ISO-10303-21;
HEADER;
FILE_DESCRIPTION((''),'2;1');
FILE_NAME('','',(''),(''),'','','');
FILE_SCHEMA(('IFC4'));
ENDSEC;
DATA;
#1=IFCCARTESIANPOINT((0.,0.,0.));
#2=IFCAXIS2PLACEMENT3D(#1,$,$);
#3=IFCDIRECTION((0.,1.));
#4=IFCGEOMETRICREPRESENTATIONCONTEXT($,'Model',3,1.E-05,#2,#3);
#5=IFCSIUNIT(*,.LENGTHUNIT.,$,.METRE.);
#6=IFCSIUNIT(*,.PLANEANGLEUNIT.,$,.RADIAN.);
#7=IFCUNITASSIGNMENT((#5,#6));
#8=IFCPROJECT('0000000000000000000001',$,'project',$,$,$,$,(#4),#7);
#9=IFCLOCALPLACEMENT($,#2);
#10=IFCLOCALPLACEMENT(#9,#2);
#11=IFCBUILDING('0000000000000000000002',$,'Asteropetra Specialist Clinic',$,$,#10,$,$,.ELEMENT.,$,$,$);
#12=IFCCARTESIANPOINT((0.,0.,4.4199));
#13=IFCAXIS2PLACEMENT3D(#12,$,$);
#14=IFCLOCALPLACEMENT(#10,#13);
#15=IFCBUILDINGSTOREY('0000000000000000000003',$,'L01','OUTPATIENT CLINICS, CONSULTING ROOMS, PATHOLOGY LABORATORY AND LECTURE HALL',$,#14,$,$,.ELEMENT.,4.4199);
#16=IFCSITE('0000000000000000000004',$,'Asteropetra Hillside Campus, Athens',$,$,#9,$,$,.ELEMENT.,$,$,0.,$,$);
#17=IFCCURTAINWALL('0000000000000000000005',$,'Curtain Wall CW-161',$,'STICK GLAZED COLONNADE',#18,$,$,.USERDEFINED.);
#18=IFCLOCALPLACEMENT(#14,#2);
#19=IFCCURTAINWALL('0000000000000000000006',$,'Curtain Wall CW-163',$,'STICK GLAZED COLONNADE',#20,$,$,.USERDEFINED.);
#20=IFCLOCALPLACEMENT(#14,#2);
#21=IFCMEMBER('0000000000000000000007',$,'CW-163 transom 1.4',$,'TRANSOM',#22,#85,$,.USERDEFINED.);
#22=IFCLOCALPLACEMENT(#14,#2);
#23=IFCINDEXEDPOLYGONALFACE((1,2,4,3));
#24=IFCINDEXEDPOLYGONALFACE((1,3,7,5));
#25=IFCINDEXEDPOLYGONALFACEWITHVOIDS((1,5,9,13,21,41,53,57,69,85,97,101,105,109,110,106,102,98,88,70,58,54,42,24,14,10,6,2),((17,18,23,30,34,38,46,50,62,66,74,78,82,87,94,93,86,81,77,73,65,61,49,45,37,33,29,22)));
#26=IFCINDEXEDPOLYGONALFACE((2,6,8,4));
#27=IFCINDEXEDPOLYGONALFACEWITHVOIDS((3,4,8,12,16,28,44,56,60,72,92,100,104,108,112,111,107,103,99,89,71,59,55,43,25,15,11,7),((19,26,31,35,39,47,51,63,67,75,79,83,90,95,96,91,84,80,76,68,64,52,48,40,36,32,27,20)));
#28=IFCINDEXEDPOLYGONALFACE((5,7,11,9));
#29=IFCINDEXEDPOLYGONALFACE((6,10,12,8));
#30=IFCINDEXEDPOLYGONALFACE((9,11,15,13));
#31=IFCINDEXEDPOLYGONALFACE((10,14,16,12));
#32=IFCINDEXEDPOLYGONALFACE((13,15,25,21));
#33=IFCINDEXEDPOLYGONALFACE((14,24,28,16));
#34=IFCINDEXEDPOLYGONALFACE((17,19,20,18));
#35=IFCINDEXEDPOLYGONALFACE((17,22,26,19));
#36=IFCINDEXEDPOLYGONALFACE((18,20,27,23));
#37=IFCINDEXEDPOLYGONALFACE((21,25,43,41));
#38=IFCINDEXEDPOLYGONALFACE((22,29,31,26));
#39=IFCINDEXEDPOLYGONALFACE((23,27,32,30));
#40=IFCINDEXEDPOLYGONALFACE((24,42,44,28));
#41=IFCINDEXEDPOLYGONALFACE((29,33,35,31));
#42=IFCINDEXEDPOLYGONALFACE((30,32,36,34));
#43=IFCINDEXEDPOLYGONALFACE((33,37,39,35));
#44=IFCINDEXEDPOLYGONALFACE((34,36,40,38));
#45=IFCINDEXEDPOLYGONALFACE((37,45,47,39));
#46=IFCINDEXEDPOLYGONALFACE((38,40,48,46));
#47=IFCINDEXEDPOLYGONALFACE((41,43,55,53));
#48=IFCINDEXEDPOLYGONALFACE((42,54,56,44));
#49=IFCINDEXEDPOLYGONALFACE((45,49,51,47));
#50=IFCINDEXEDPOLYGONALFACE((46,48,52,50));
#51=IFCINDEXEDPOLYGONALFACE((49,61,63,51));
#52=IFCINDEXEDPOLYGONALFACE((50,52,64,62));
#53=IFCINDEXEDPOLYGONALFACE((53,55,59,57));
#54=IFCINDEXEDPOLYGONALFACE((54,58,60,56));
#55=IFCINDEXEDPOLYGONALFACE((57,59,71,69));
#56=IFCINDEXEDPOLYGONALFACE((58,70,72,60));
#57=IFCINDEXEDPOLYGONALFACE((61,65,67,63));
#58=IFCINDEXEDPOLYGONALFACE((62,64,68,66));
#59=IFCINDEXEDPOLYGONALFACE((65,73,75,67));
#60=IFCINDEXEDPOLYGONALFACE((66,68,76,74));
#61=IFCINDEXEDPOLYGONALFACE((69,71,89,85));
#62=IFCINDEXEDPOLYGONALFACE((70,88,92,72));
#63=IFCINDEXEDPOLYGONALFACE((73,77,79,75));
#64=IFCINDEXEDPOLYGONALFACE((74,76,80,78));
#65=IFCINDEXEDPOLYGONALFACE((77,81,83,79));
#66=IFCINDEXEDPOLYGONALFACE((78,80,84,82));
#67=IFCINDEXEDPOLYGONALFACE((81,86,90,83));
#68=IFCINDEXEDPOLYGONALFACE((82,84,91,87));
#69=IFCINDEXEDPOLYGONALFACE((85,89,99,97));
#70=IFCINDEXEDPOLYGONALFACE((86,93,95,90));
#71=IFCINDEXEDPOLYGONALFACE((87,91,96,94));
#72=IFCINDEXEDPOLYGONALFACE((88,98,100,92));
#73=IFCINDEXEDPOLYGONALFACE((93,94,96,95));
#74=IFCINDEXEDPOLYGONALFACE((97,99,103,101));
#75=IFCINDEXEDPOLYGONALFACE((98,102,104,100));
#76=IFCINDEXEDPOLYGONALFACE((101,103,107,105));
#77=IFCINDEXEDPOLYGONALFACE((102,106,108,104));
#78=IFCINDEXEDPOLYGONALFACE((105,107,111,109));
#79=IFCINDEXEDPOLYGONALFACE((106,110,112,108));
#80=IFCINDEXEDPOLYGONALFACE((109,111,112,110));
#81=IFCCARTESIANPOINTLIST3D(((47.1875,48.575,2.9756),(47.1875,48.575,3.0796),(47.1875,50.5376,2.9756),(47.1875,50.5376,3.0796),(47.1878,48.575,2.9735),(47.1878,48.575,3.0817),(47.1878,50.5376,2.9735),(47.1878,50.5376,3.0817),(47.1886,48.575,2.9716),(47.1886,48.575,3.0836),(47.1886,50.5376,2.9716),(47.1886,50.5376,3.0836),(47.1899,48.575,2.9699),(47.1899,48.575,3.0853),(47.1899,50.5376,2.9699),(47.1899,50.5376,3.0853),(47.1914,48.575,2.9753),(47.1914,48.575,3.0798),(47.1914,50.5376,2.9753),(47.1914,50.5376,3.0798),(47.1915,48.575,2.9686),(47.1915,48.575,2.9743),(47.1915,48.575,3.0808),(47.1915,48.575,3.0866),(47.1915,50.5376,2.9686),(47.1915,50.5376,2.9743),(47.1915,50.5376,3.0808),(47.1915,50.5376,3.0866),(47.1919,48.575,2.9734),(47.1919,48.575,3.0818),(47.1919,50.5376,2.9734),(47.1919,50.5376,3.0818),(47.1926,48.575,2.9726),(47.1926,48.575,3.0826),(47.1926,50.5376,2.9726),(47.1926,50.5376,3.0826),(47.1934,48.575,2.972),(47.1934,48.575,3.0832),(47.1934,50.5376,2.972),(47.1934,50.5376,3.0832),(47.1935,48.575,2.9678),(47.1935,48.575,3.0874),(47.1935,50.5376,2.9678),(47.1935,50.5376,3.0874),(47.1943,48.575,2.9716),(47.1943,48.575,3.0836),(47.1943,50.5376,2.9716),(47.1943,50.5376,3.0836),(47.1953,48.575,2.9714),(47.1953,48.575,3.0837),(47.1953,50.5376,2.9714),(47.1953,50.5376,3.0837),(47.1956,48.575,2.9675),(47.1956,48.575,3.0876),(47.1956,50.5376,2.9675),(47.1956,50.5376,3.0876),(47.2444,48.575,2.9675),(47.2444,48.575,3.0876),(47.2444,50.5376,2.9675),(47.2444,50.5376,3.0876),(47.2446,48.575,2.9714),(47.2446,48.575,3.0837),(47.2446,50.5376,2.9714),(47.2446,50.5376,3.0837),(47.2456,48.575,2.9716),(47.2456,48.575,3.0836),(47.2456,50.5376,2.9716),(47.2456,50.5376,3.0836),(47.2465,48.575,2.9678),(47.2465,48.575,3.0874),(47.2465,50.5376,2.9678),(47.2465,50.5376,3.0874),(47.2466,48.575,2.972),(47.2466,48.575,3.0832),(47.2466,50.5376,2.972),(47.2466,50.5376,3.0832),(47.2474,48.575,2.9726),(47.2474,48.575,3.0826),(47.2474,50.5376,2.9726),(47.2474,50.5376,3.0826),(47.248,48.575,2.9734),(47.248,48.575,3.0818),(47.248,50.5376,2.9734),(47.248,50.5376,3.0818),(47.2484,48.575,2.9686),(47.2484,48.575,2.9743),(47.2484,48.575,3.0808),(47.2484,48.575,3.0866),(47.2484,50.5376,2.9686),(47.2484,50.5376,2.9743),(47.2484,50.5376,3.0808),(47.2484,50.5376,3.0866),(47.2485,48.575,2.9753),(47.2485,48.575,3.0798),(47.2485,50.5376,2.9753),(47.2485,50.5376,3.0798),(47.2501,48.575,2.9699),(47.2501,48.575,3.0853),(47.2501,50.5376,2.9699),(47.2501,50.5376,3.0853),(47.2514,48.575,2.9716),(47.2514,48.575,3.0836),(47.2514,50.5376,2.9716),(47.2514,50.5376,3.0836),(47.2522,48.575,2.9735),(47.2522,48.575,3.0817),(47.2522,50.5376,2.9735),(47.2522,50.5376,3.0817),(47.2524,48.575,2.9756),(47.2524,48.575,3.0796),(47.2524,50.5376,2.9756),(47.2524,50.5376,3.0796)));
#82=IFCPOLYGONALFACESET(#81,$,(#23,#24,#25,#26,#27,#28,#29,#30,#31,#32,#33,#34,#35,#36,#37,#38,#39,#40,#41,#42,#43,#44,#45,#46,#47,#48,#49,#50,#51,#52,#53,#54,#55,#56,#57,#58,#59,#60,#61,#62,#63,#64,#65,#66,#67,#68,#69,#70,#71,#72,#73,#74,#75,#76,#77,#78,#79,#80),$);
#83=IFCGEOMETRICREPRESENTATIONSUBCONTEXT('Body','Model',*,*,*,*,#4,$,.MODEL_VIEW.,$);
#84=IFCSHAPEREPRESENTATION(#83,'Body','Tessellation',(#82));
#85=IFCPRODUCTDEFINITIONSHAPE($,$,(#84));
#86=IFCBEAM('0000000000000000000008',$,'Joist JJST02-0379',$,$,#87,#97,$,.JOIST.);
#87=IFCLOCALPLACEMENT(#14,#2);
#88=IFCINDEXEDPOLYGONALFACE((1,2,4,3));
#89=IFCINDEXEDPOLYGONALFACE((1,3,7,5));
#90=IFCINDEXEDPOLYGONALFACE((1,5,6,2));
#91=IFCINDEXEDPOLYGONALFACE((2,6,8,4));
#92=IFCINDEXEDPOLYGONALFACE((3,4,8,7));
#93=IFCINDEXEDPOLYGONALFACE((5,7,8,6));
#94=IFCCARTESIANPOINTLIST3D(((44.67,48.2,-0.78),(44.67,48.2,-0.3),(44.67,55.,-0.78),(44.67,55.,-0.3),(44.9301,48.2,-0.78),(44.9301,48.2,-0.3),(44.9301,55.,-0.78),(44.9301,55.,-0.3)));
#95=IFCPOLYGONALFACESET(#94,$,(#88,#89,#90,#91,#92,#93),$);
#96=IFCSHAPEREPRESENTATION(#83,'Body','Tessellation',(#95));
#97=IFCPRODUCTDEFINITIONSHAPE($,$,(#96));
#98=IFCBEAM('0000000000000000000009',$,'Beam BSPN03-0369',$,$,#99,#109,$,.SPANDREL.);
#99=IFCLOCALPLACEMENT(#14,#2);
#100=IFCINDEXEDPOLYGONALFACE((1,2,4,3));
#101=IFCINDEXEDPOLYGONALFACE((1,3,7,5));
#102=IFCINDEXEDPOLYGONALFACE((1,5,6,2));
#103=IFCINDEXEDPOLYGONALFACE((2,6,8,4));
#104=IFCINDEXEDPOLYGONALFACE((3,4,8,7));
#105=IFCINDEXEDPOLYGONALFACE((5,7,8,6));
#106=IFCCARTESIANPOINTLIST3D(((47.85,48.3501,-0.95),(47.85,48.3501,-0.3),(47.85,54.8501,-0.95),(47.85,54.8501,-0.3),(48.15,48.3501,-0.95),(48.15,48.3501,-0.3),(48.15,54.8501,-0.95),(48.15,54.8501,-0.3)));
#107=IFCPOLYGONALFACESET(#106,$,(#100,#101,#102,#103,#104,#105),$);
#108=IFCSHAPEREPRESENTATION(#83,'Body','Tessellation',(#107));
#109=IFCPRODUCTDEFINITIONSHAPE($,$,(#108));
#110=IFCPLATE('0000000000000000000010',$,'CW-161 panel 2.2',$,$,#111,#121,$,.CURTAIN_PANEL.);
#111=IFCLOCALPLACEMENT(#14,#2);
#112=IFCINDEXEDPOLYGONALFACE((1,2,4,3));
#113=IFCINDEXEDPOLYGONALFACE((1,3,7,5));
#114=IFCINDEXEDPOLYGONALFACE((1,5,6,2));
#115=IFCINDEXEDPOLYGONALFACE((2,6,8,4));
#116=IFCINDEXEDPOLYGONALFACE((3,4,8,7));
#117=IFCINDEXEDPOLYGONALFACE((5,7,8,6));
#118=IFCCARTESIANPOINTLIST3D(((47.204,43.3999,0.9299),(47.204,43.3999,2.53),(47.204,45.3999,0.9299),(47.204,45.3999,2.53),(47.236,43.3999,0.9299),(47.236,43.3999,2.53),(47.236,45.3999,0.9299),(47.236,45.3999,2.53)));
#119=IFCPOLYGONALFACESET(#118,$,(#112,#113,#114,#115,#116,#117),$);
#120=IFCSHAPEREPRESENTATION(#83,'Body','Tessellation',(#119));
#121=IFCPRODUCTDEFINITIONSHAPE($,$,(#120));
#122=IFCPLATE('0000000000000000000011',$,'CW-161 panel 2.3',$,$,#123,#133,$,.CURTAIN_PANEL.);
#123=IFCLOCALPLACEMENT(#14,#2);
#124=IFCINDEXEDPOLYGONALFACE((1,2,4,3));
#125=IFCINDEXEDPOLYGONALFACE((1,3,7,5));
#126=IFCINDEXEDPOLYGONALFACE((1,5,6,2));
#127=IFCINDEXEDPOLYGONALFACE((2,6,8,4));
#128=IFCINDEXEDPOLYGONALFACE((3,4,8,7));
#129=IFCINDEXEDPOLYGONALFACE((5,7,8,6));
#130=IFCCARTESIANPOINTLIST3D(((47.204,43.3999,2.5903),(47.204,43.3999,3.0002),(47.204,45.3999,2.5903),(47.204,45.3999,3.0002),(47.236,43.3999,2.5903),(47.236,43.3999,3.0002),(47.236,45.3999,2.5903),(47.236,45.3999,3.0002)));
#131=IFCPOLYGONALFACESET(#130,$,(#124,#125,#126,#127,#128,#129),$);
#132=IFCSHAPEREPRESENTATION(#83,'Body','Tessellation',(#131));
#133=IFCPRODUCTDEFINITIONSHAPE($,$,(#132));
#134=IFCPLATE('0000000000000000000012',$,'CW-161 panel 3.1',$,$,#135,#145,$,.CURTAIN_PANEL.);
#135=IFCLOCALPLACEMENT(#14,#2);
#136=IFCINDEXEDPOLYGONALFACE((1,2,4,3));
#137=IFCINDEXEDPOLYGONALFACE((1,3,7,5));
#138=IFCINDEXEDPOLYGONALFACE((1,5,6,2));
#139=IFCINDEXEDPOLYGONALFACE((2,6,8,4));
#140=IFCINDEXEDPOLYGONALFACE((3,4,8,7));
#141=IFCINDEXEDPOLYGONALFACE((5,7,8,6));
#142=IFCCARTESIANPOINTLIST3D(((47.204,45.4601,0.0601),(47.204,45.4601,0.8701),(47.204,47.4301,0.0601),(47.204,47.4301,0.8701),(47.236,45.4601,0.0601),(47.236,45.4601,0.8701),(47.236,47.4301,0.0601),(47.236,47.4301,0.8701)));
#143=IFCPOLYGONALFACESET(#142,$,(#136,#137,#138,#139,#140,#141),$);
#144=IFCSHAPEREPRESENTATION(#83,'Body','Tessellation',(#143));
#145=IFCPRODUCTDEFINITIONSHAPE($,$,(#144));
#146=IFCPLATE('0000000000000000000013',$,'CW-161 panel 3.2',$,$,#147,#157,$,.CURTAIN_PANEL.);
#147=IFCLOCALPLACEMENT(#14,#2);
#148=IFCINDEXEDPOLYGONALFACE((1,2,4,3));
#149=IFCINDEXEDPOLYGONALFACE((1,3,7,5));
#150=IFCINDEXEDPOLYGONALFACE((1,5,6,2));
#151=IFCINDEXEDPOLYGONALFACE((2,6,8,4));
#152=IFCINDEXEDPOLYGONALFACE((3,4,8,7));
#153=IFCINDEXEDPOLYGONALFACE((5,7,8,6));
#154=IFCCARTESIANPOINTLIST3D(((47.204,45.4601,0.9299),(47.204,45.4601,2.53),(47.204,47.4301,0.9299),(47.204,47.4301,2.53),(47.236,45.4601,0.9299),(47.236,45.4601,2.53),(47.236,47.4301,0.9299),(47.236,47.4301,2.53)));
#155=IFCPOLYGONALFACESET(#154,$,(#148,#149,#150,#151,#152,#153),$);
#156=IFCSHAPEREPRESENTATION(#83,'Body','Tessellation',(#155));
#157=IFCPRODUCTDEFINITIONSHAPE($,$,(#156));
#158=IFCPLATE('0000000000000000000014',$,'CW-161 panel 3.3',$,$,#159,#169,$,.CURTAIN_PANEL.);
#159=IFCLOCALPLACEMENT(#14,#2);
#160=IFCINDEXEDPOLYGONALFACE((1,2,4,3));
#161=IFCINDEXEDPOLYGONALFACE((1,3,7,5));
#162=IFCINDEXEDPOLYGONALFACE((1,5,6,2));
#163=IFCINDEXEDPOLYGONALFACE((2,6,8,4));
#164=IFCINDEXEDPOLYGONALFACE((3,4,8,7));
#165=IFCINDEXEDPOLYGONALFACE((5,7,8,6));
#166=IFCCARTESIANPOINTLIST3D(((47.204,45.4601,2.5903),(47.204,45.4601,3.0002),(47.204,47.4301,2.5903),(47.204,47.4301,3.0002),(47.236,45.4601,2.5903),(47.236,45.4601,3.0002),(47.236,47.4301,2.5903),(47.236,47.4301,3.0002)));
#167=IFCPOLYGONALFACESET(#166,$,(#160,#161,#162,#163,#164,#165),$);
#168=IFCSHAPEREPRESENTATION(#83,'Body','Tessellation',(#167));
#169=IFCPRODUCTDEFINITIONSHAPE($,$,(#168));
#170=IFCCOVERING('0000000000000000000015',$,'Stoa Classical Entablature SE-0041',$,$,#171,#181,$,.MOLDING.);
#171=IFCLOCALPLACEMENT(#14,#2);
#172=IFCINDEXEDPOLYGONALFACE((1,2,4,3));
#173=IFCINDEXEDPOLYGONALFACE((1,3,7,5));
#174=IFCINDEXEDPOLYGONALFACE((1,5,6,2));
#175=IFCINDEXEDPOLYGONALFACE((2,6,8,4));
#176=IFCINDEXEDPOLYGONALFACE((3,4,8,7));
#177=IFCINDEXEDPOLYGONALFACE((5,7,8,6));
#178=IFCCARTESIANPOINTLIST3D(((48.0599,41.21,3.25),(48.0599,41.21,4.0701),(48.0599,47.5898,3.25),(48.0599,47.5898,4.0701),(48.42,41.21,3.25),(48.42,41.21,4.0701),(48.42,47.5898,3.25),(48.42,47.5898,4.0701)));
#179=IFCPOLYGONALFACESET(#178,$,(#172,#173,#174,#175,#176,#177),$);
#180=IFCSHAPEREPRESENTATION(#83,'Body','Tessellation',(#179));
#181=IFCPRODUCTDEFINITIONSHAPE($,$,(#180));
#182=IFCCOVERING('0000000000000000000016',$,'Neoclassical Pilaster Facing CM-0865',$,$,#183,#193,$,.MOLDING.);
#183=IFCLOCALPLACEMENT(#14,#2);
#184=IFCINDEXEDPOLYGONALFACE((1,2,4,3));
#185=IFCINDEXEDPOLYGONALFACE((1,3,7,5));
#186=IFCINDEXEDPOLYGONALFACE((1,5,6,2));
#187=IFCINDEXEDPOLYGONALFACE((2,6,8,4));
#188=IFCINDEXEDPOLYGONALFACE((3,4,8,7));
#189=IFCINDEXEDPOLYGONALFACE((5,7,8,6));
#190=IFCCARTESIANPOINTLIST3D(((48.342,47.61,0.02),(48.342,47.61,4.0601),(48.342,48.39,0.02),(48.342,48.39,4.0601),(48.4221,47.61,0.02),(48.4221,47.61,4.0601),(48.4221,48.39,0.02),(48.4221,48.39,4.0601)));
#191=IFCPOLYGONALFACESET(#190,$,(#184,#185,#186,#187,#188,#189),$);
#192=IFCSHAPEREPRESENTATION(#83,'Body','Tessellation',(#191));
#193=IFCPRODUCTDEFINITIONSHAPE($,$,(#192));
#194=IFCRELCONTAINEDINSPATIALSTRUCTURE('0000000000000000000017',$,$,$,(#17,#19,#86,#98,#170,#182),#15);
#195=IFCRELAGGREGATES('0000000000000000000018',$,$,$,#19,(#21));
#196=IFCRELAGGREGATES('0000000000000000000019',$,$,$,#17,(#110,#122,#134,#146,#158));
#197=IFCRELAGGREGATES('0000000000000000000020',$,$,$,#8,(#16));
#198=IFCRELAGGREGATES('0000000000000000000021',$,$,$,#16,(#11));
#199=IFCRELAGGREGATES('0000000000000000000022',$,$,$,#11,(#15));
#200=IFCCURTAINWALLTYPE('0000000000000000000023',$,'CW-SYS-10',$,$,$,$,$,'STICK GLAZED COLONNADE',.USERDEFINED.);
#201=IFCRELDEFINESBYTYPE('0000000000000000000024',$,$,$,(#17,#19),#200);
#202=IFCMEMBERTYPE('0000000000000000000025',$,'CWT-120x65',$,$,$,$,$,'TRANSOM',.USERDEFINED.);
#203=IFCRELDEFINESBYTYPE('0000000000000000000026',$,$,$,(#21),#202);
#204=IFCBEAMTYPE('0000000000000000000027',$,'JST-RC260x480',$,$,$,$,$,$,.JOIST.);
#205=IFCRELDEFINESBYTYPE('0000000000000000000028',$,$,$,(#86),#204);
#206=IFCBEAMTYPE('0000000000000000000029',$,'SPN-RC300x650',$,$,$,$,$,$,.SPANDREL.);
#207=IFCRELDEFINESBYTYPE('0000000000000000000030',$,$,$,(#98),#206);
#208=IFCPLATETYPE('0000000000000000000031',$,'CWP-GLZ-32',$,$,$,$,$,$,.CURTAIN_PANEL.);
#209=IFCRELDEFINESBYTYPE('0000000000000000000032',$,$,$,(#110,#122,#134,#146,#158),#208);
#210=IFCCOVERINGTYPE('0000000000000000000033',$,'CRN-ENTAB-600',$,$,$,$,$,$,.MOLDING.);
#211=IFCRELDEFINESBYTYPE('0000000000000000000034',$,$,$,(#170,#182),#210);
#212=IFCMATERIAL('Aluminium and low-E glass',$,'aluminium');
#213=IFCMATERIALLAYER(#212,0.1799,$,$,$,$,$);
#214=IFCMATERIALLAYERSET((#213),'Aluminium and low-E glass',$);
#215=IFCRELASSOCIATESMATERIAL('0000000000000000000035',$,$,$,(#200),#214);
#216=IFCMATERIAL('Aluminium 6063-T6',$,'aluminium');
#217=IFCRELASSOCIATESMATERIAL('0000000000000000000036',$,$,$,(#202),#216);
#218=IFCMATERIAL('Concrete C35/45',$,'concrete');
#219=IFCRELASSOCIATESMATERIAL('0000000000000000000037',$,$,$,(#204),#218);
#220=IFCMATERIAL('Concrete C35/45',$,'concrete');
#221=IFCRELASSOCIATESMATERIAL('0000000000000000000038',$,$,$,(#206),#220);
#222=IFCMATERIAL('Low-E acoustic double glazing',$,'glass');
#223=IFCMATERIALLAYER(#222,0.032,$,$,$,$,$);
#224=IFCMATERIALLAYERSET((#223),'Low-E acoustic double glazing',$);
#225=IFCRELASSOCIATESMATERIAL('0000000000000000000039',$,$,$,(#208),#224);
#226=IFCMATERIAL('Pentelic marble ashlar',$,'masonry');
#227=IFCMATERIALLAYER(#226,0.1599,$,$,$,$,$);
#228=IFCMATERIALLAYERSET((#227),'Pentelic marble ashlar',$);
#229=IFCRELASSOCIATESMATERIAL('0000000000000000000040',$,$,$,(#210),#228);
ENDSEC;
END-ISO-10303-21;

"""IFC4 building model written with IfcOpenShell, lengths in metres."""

from ifc_helpers import new_model, si_unit, direction, frame, origin, origin_2d, place, context, subcontext, project, spatial, rectangle, hollow_rectangle, extrude, material, layer, layer_set, material_profile, profile_set, type_object, element, aggregate, save


model = new_model("IFC4")

# Units and contexts
model_context = context("Model", 3, precision=1e-05, world=origin(), true_north=direction((0.0, 1.0)))
body_context = subcontext(model_context, "Body", "Model", "MODEL_VIEW")
ifc_project = project(units=[si_unit("LENGTHUNIT", "METRE"), si_unit("PLANEANGLEUNIT", "RADIAN")], contexts=[model_context])

# Site, building, storey
site_placement = place(None, origin())
site = spatial("IfcSite", under=ifc_project, at=site_placement, Name="Asteropetra Hillside Campus, Athens", CompositionType="ELEMENT", RefElevation=0.0)
building_placement = place(site_placement, origin())
building = spatial("IfcBuilding", under=site, at=building_placement, Name="Asteropetra Specialist Clinic", CompositionType="ELEMENT")
storey_placement = place(building_placement, frame((0.0, 0.0, 4.4199)))
storey = spatial("IfcBuildingStorey", under=building, at=storey_placement, Name="L01", Description="OUTPATIENT CLINICS, CONSULTING ROOMS, PATHOLOGY LABORATORY AND LECTURE HALL", CompositionType="ELEMENT", Elevation=4.4199)

# Curtain wall
ifc_material_1 = material(Name="Aluminium and low-E glass", Category="aluminium")
ifc_layer_1 = layer(ifc_material_1, 0.1799)
ifc_layer_set_1 = layer_set([ifc_layer_1], Name="Aluminium and low-E glass")
curtain_wall_type = type_object("IfcCurtainWallType", Name="CW-SYS-10", ElementType="STICK GLAZED COLONNADE", PredefinedType="USERDEFINED", material=ifc_layer_set_1)
curtain_wall_1_placement = place(storey_placement, origin())
curtain_wall_1 = element("IfcCurtainWall", 1, at=curtain_wall_1_placement, inside=storey, type_object=curtain_wall_type, Name="Curtain Wall CW-161", ObjectType="STICK GLAZED COLONNADE", PredefinedType="USERDEFINED")

# Curtain wall
curtain_wall_2_placement = place(storey_placement, origin())
curtain_wall_2 = element("IfcCurtainWall", 2, at=curtain_wall_2_placement, inside=storey, type_object=curtain_wall_type, Name="Curtain Wall CW-163", ObjectType="STICK GLAZED COLONNADE", PredefinedType="USERDEFINED")

# Member
ifc_material_2 = material(Name="Aluminium 6063-T6", Category="aluminium")
ifc_material_profile_1 = material_profile(ifc_material_2, hollow_rectangle(XDim=0.0649, YDim=0.1201, WallThickness=0.0039, InnerFilletRadius=0.0039, OuterFilletRadius=0.0081, at=origin_2d()), Name="TRN 120x65x4.0")
ifc_profile_set_1 = profile_set([ifc_material_profile_1], Name="Aluminium 6063-T6")
member_type_1 = type_object("IfcMemberType", Name="CWT-120x65", ElementType="TRANSOM", PredefinedType="USERDEFINED", material=ifc_profile_set_1)
member_1_placement = place(storey_placement, frame((47.22, 48.575, 3.0276), z_axis=(0.0, 1.0, 0.0), x_axis=(-1.0, 0.0, 0.0)))
member_1 = element("IfcMember", 3, at=member_1_placement, type_object=member_type_1, Name="CW-163 transom 1.4", ObjectType="TRANSOM", PredefinedType="USERDEFINED", context=body_context, shape_type="SweptSolid", body=[
    extrude(hollow_rectangle(XDim=0.0649, YDim=0.1201, WallThickness=0.0039, InnerFilletRadius=0.0039, OuterFilletRadius=0.0081, at=origin_2d()), origin(), (0.0, 0.0, 1.0), 1.9626),
])
aggregate(curtain_wall_2, [member_1])

# Beams
ifc_material_3 = material(Name="Concrete C35/45", Category="concrete")
ifc_material_profile_2 = material_profile(ifc_material_3, rectangle(XDim=0.26, YDim=0.48, at=origin_2d()), Name="RCJ 260x480")
ifc_profile_set_2 = profile_set([ifc_material_profile_2], Name="Concrete C35/45")
beam_type_1 = type_object("IfcBeamType", Name="JST-RC260x480", PredefinedType="JOIST", material=ifc_profile_set_2)
beam_1_placement = place(storey_placement, frame((44.8, 48.2, -0.54), z_axis=(0.0, 1.0, 0.0), x_axis=(-1.0, 0.0, 0.0)))
element("IfcBeam", 4, at=beam_1_placement, inside=storey, type_object=beam_type_1, Name="Joist JJST02-0379", PredefinedType="JOIST", context=body_context, shape_type="SweptSolid", body=[
    extrude(rectangle(XDim=0.26, YDim=0.48, at=origin_2d()), origin(), (0.0, 0.0, 1.0), 6.8),
])
ifc_material_4 = material(Name="Concrete C35/45", Category="concrete")
ifc_material_profile_3 = material_profile(ifc_material_4, rectangle(XDim=0.3, YDim=0.6499, at=origin_2d()), Name="RCS 300x650")
ifc_profile_set_3 = profile_set([ifc_material_profile_3], Name="Concrete C35/45")
beam_type_2 = type_object("IfcBeamType", Name="SPN-RC300x650", PredefinedType="SPANDREL", material=ifc_profile_set_3)
beam_2_placement = place(storey_placement, frame((48.0, 48.3501, -0.625), z_axis=(0.0, 1.0, 0.0), x_axis=(-1.0, 0.0, 0.0)))
element("IfcBeam", 5, at=beam_2_placement, inside=storey, type_object=beam_type_2, Name="Beam BSPN03-0369", PredefinedType="SPANDREL", context=body_context, shape_type="SweptSolid", body=[
    extrude(rectangle(XDim=0.3, YDim=0.6499, at=origin_2d()), origin(), (0.0, 0.0, 1.0), 6.5),
])

# Plates
ifc_material_5 = material(Name="Low-E acoustic double glazing", Category="glass")
ifc_layer_2 = layer(ifc_material_5, 0.032)
ifc_layer_set_2 = layer_set([ifc_layer_2], Name="Low-E acoustic double glazing")
plate_type = type_object("IfcPlateType", Name="CWP-GLZ-32", PredefinedType="CURTAIN_PANEL", material=ifc_layer_set_2)
plate_1_placement = place(storey_placement, frame((47.22, 44.3999, 0.9299), z_axis=(0.0, 0.0, 1.0), x_axis=(0.0, 1.0, 0.0)))
plate_1 = element("IfcPlate", 6, at=plate_1_placement, type_object=plate_type, Name="CW-161 panel 2.2", PredefinedType="CURTAIN_PANEL", context=body_context, shape_type="SweptSolid", body=[
    extrude(rectangle(XDim=2.0, YDim=0.032, at=origin_2d()), origin(), (0.0, 0.0, 1.0), 1.6001),
])
plate_2_placement = place(storey_placement, frame((47.22, 44.3999, 2.5903), z_axis=(0.0, 0.0, 1.0), x_axis=(0.0, 1.0, 0.0)))
plate_2 = element("IfcPlate", 7, at=plate_2_placement, type_object=plate_type, Name="CW-161 panel 2.3", PredefinedType="CURTAIN_PANEL", context=body_context, shape_type="SweptSolid", body=[
    extrude(rectangle(XDim=2.0, YDim=0.032, at=origin_2d()), origin(), (0.0, 0.0, 1.0), 0.4099),
])
plate_3_placement = place(storey_placement, frame((47.22, 46.4451, 0.0601), z_axis=(0.0, 0.0, 1.0), x_axis=(0.0, 1.0, 0.0)))
plate_3 = element("IfcPlate", 8, at=plate_3_placement, type_object=plate_type, Name="CW-161 panel 3.1", PredefinedType="CURTAIN_PANEL", context=body_context, shape_type="SweptSolid", body=[
    extrude(rectangle(XDim=1.97, YDim=0.032, at=origin_2d()), origin(), (0.0, 0.0, 1.0), 0.8101),
])
plate_4_placement = place(storey_placement, frame((47.22, 46.4451, 0.9299), z_axis=(0.0, 0.0, 1.0), x_axis=(0.0, 1.0, 0.0)))
plate_4 = element("IfcPlate", 9, at=plate_4_placement, type_object=plate_type, Name="CW-161 panel 3.2", PredefinedType="CURTAIN_PANEL", context=body_context, shape_type="SweptSolid", body=[
    extrude(rectangle(XDim=1.97, YDim=0.032, at=origin_2d()), origin(), (0.0, 0.0, 1.0), 1.6001),
])
plate_5_placement = place(storey_placement, frame((47.22, 46.4451, 2.5903), z_axis=(0.0, 0.0, 1.0), x_axis=(0.0, 1.0, 0.0)))
plate_5 = element("IfcPlate", 10, at=plate_5_placement, type_object=plate_type, Name="CW-161 panel 3.3", PredefinedType="CURTAIN_PANEL", context=body_context, shape_type="SweptSolid", body=[
    extrude(rectangle(XDim=1.97, YDim=0.032, at=origin_2d()), origin(), (0.0, 0.0, 1.0), 0.4099),
])
aggregate(curtain_wall_1, [plate_1, plate_2, plate_3, plate_4, plate_5])

# Coverings
ifc_material_6 = material(Name="Pentelic marble ashlar", Category="masonry")
ifc_layer_3 = layer(ifc_material_6, 0.1599)
ifc_layer_set_3 = layer_set([ifc_layer_3], Name="Pentelic marble ashlar")
covering_type = type_object("IfcCoveringType", Name="CRN-ENTAB-600", PredefinedType="MOLDING", material=ifc_layer_set_3)
covering_1_placement = place(storey_placement, frame((48.24, 44.3999, 3.25), z_axis=(0.0, 0.0, 1.0), x_axis=(1.0, 0.0, 0.0)))
element("IfcCovering", 11, at=covering_1_placement, inside=storey, type_object=covering_type, Name="Stoa Classical Entablature SE-0041", PredefinedType="MOLDING", context=body_context, shape_type="SweptSolid", body=[
    extrude(rectangle(XDim=0.3601, YDim=6.3799, at=origin_2d()), origin(), (0.0, 0.0, 1.0), 0.8201),
])
covering_2_placement = place(storey_placement, frame((48.3821, 48.0, 0.02), z_axis=(0.0, 0.0, 1.0), x_axis=(1.0, 0.0, 0.0)))
element("IfcCovering", 12, at=covering_2_placement, inside=storey, type_object=covering_type, Name="Neoclassical Pilaster Facing CM-0865", PredefinedType="MOLDING", context=body_context, shape_type="SweptSolid", body=[
    extrude(rectangle(XDim=0.0801, YDim=0.78, at=origin_2d()), origin(), (0.0, 0.0, 1.0), 4.04),
])

save(model, "model.ifc")
